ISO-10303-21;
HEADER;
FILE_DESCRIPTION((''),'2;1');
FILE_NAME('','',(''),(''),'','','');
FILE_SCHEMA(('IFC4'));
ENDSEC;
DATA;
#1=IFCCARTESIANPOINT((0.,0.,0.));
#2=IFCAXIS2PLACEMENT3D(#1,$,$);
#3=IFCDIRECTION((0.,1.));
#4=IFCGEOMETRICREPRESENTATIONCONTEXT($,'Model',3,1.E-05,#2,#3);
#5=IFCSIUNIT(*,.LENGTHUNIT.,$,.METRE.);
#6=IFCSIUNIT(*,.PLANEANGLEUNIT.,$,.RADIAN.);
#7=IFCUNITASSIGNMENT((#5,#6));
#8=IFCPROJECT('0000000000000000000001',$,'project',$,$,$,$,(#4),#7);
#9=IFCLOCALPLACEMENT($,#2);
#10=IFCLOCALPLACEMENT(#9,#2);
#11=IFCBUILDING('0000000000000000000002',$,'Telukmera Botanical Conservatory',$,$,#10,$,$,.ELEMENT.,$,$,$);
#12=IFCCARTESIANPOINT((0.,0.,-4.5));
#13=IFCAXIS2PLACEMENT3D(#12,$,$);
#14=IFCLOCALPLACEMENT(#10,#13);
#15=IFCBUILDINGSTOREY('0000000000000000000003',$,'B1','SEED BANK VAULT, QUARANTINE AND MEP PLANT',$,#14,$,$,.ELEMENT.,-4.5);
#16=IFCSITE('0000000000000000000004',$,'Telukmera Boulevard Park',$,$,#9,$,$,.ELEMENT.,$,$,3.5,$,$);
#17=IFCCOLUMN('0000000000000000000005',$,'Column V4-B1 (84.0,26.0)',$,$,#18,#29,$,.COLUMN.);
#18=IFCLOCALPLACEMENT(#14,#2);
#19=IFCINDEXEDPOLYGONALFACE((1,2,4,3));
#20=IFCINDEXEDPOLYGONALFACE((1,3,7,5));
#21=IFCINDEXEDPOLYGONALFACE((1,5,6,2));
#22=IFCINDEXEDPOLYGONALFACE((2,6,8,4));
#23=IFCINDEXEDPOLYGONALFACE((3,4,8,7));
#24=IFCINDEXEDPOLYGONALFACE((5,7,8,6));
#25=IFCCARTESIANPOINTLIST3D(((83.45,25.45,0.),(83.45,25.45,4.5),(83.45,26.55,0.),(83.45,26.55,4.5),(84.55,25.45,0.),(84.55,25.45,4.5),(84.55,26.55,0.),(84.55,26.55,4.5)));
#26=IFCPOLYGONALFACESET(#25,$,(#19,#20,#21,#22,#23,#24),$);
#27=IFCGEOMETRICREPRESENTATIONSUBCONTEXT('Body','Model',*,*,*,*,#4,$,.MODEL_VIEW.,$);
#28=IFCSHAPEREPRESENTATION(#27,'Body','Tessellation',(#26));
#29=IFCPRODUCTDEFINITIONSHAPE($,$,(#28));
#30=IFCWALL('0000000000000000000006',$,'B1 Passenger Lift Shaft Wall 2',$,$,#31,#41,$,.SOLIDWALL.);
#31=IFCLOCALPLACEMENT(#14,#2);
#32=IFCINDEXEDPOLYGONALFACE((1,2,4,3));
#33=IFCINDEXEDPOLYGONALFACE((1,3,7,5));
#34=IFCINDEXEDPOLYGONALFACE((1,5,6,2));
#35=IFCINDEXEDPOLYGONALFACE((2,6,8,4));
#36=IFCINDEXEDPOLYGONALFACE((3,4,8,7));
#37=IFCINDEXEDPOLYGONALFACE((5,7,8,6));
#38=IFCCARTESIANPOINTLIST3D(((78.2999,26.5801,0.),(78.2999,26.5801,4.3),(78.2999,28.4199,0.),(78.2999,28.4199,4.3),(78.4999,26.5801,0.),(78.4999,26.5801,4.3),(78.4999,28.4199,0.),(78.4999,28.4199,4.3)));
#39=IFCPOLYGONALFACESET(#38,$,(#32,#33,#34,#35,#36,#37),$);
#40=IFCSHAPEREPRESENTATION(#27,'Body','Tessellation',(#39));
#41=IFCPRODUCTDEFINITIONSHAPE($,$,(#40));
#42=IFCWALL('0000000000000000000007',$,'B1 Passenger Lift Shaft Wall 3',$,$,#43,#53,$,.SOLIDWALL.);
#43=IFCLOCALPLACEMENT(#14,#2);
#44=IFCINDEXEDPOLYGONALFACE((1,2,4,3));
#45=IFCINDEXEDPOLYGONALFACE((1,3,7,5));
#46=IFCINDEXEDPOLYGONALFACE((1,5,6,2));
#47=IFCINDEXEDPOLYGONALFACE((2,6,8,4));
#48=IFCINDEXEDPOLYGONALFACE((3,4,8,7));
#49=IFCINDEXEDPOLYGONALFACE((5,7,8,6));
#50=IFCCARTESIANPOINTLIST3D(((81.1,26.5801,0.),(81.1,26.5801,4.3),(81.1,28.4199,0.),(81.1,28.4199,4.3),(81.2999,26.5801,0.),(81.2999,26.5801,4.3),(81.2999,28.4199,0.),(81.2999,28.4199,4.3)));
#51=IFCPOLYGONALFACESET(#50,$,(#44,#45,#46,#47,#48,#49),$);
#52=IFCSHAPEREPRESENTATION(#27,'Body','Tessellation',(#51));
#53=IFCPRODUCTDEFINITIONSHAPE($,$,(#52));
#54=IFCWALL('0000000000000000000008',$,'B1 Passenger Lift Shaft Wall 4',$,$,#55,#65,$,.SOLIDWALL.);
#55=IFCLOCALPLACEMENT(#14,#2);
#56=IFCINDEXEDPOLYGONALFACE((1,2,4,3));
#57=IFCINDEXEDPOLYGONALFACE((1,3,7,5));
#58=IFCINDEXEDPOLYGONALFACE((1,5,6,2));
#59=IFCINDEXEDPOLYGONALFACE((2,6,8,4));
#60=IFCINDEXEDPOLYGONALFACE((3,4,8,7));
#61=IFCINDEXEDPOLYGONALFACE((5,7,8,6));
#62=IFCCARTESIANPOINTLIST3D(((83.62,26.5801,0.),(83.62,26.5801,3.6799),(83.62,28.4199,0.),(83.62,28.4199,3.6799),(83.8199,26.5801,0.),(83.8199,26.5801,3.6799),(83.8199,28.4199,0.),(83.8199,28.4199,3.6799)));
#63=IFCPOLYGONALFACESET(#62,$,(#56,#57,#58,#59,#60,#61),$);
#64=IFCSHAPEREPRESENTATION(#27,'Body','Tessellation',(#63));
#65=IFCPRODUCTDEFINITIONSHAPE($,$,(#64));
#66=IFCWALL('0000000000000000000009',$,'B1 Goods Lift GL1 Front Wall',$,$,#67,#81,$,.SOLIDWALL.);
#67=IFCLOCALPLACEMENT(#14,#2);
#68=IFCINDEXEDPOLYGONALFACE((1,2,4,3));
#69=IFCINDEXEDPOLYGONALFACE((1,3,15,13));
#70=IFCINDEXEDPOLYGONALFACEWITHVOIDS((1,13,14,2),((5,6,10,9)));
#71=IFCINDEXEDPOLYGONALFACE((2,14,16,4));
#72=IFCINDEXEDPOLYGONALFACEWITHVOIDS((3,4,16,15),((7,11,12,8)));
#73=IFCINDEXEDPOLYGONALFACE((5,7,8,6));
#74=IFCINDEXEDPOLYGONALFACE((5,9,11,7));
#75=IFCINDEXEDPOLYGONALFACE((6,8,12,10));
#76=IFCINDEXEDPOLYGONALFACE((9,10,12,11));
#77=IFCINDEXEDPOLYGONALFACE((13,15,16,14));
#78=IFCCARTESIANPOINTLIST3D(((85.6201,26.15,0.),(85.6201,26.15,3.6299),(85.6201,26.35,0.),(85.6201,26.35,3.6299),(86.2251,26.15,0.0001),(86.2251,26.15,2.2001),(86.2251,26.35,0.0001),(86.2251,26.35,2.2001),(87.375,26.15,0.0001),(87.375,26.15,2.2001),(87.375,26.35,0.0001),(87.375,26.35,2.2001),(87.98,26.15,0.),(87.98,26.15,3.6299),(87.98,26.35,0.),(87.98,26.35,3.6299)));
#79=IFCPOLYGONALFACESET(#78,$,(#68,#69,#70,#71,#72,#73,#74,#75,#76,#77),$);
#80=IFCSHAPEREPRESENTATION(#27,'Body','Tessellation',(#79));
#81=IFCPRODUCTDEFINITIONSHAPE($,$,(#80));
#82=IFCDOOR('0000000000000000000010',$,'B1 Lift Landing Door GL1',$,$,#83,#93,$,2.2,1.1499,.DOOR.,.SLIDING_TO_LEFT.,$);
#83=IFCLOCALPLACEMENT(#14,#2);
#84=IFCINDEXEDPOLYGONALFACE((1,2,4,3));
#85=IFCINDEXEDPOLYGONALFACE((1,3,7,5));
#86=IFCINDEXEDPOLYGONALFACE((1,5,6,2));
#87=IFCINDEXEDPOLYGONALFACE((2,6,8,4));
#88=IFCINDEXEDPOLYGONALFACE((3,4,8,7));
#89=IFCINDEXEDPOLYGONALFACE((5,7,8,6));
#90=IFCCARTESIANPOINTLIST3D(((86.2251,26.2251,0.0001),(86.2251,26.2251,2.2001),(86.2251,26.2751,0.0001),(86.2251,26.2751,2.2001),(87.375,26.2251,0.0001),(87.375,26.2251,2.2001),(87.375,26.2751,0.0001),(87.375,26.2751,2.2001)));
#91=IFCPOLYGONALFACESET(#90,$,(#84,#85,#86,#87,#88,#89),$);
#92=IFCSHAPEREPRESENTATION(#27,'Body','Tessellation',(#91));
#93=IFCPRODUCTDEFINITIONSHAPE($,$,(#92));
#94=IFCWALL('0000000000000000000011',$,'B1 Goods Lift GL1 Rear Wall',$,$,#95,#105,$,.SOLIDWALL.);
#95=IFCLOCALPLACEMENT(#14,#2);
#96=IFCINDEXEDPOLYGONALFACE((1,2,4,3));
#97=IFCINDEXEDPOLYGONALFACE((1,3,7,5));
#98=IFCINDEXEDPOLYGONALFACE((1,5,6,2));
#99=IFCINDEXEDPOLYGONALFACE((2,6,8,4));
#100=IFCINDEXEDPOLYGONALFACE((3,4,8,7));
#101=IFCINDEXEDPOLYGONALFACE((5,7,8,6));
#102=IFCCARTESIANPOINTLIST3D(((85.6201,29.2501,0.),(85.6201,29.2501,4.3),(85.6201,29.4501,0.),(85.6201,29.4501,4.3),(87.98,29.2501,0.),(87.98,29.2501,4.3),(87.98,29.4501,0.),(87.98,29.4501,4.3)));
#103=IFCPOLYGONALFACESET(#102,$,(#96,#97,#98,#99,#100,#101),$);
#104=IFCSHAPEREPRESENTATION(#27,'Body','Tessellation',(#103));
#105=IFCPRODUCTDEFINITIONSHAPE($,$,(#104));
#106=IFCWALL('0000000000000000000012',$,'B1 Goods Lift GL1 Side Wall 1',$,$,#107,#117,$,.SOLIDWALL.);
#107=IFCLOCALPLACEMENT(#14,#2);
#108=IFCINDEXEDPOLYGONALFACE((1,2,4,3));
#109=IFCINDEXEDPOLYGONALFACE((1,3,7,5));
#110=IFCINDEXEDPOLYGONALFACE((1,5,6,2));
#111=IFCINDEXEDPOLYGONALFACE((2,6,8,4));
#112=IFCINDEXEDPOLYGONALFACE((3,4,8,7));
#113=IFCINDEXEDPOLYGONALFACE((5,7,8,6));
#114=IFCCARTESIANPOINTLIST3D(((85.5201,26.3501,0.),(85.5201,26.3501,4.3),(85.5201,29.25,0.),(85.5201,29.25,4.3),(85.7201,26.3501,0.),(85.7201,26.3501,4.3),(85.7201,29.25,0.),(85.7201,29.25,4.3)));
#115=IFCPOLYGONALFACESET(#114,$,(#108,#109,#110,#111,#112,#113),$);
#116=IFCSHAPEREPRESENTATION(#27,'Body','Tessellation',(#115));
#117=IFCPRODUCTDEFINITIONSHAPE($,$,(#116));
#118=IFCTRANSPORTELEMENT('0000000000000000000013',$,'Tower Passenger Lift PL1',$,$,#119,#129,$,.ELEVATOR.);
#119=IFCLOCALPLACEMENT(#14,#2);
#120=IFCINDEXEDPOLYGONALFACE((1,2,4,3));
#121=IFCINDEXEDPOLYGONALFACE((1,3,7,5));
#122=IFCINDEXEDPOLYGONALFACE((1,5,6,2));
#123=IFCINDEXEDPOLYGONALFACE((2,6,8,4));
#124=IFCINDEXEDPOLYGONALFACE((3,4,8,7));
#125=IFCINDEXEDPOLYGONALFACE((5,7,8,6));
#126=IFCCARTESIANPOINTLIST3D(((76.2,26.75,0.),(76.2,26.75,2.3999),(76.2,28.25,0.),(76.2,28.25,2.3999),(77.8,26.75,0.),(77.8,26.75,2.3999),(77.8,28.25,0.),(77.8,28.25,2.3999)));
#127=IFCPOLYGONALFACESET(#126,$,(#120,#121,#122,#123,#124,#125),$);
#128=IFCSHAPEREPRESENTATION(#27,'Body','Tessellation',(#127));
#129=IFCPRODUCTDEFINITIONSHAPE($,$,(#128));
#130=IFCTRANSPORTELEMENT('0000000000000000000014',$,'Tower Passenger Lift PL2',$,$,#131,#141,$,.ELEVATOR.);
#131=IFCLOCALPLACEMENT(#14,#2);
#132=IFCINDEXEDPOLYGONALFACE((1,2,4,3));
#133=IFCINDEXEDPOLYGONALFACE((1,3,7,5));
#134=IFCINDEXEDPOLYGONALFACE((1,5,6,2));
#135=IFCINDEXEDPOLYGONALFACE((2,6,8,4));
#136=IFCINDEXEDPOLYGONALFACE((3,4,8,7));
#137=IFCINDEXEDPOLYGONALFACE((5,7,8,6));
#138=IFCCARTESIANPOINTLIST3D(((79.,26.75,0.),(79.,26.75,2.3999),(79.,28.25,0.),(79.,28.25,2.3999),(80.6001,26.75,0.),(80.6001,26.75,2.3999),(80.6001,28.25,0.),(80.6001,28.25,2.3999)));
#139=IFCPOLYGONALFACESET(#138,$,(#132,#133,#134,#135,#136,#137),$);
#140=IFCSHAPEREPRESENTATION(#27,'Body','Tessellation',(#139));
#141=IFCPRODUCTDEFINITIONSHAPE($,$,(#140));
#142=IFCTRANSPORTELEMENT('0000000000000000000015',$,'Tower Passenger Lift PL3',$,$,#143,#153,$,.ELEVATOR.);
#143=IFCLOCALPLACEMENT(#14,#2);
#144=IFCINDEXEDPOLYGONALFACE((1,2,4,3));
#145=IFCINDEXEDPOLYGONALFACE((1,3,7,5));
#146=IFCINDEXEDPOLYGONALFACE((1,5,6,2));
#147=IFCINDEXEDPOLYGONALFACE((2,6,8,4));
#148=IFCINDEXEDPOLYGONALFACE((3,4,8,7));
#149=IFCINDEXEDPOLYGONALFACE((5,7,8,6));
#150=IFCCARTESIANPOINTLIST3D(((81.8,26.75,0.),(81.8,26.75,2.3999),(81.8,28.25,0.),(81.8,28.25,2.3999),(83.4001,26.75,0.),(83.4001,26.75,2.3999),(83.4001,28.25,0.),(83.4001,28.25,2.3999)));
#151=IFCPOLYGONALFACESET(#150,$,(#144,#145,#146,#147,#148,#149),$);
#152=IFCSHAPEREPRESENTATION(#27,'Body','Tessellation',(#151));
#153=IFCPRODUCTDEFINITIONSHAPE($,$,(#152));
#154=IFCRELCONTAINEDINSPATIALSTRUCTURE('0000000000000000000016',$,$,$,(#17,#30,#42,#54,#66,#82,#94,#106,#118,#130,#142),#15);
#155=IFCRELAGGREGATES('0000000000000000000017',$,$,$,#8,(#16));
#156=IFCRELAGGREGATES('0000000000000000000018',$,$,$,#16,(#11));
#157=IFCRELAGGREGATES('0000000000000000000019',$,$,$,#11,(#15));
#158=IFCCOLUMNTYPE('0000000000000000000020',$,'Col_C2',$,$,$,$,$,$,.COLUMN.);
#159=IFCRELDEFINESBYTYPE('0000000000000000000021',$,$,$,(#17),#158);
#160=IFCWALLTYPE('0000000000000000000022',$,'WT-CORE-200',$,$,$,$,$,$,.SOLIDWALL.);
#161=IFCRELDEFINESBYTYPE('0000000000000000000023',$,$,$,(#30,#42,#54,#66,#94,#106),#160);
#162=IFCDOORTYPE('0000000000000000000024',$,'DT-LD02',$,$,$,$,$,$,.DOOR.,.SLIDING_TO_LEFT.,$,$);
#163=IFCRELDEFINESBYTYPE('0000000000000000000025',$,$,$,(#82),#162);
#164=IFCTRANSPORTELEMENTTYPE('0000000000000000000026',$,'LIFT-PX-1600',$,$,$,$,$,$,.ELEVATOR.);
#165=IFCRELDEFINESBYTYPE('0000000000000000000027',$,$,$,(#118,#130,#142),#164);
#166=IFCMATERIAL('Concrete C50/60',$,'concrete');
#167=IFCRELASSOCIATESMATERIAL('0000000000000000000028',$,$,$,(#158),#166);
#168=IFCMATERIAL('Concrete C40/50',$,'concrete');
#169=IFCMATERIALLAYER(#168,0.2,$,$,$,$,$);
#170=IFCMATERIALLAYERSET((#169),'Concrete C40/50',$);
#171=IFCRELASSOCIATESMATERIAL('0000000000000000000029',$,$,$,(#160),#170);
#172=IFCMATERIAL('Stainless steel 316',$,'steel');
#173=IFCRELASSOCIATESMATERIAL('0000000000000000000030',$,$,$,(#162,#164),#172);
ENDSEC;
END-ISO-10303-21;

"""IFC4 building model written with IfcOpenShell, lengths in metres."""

from ifc_helpers import new_model, si_unit, direction, frame, frame_2d, origin, origin_2d, place, context, subcontext, project, spatial, rectangle, extrude, material, layer, layer_set, material_profile, profile_set, type_object, element, fill, save


model = new_model("IFC4")

# Units and contexts
model_context = context("Model", 3, precision=1e-05, world=origin(), true_north=direction((0.0, 1.0)))
body_context = subcontext(model_context, "Body", "Model", "MODEL_VIEW")
ifc_project = project(units=[si_unit("LENGTHUNIT", "METRE"), si_unit("PLANEANGLEUNIT", "RADIAN")], contexts=[model_context])

# Site, building, storey
site_placement = place(None, origin())
site = spatial("IfcSite", under=ifc_project, at=site_placement, Name="Telukmera Boulevard Park", CompositionType="ELEMENT", RefElevation=3.5)
building_placement = place(site_placement, origin())
building = spatial("IfcBuilding", under=site, at=building_placement, Name="Telukmera Botanical Conservatory", CompositionType="ELEMENT")
storey_placement = place(building_placement, frame((0.0, 0.0, -4.5)))
storey = spatial("IfcBuildingStorey", under=building, at=storey_placement, Name="B1", Description="SEED BANK VAULT, QUARANTINE AND MEP PLANT", CompositionType="ELEMENT", Elevation=-4.5)

# Shared definitions
ifc_material_1 = material(Name="Concrete C50/60", Category="concrete")
ifc_material_2 = material(Name="Concrete C40/50", Category="concrete")

# Column
ifc_material_profile_1 = material_profile(ifc_material_1, rectangle(XDim=1.1001, YDim=1.1001, at=origin_2d()), Name="RC 1100x1100")
ifc_profile_set_1 = profile_set([ifc_material_profile_1], Name="Concrete C50/60")
column_type = type_object("IfcColumnType", Name="Col_C2", PredefinedType="COLUMN", material=ifc_profile_set_1)
column_placement = place(storey_placement, frame((84.0, 26.0, 0.0), z_axis=(0.0, 0.0, 1.0), x_axis=(1.0, 0.0, 0.0)))
element("IfcColumn", 1, at=column_placement, inside=storey, type_object=column_type, Name="Column V4-B1 (84.0,26.0)", PredefinedType="COLUMN", context=body_context, shape_type="SweptSolid", body=[
    extrude(rectangle(XDim=1.1001, YDim=1.1001, at=origin_2d()), origin(), (0.0, 0.0, 1.0), 4.5),
])

# Walls
ifc_layer = layer(ifc_material_2, 0.2)
ifc_layer_set = layer_set([ifc_layer], Name="Concrete C40/50")
wall_type = type_object("IfcWallType", Name="WT-CORE-200", PredefinedType="SOLIDWALL", material=ifc_layer_set)
for number, where, z_axis, x_axis, name in (
    (2, (78.3999, 26.5801, 0.0), (0.0, 0.0, 1.0), (0.0, 1.0, 0.0), "B1 Passenger Lift Shaft Wall 2"),
    (3, (81.2, 26.5801, 0.0), (0.0, 0.0, 1.0), (0.0, 1.0, 0.0), "B1 Passenger Lift Shaft Wall 3"),
):
    element("IfcWall", number, at=place(storey_placement, frame(where, z_axis=z_axis, x_axis=x_axis)), inside=storey, type_object=wall_type, Name=name, PredefinedType="SOLIDWALL", context=body_context, shape_type="SweptSolid", body=[
        extrude(rectangle(XDim=1.8398, YDim=0.2, at=frame_2d((0.9199, 0.0))), origin(), (0.0, 0.0, 1.0), 4.3),
    ])
wall_1_placement = place(storey_placement, frame((83.72, 26.5801, 0.0), z_axis=(0.0, 0.0, 1.0), x_axis=(0.0, 1.0, 0.0)))
element("IfcWall", 4, at=wall_1_placement, inside=storey, type_object=wall_type, Name="B1 Passenger Lift Shaft Wall 4", PredefinedType="SOLIDWALL", context=body_context, shape_type="SweptSolid", body=[
    extrude(rectangle(XDim=1.8398, YDim=0.2, at=frame_2d((0.9199, 0.0))), origin(), (0.0, 0.0, 1.0), 3.6799),
])

# Wall, opening, door
wall_2_placement = place(storey_placement, frame((85.6201, 26.25, 0.0), z_axis=(0.0, 0.0, 1.0), x_axis=(1.0, 0.0, 0.0)))
wall_2 = element("IfcWall", 5, at=wall_2_placement, inside=storey, type_object=wall_type, Name="B1 Goods Lift GL1 Front Wall", PredefinedType="SOLIDWALL", context=body_context, shape_type="SweptSolid", body=[
    extrude(rectangle(XDim=2.3599, YDim=0.2, at=frame_2d((1.1799, 0.0))), origin(), (0.0, 0.0, 1.0), 3.6299),
])
opening_placement = place(wall_2_placement, frame((0.605, 0.0, 0.0)))
opening = element("IfcOpeningElement", 6, at=opening_placement, cuts=wall_2, PredefinedType="OPENING", context=body_context, shape_type="SweptSolid", body=[
    extrude(rectangle(XDim=1.1499, YDim=2.2, at=frame_2d((0.575, 1.1001))), frame((0.0, 0.1099, 0.0), z_axis=(0.0, -1.0, 0.0), x_axis=(1.0, 0.0, 0.0)), (0.0, 0.0, 1.0), 0.22),
])
ifc_material_3 = material(Name="Stainless steel 316", Category="steel")
door_type = type_object("IfcDoorType", Name="DT-LD02", OperationType="SLIDING_TO_LEFT", PredefinedType="DOOR", material=ifc_material_3)
door_placement = place(opening_placement, frame((1.1499, 0.0, 0.0), z_axis=(0.0, 0.0, 1.0), x_axis=(-1.0, 0.0, 0.0)))
door = element("IfcDoor", 7, at=door_placement, inside=storey, type_object=door_type, Name="B1 Lift Landing Door GL1", OperationType="SLIDING_TO_LEFT", OverallHeight=2.2, OverallWidth=1.1499, PredefinedType="DOOR", context=body_context, shape_type="SweptSolid", body=[
    extrude(rectangle(XDim=1.1499, YDim=2.2, at=frame_2d((0.575, 1.1001))), frame((0.0, 0.0249, 0.0), z_axis=(0.0, -1.0, 0.0), x_axis=(1.0, 0.0, 0.0)), (0.0, 0.0, 1.0), 0.05),
])
fill(opening, door)

# Walls
wall_3_placement = place(storey_placement, frame((85.6201, 29.3501, 0.0), z_axis=(0.0, 0.0, 1.0), x_axis=(1.0, 0.0, 0.0)))
element("IfcWall", 8, at=wall_3_placement, inside=storey, type_object=wall_type, Name="B1 Goods Lift GL1 Rear Wall", PredefinedType="SOLIDWALL", context=body_context, shape_type="SweptSolid", body=[
    extrude(rectangle(XDim=2.3599, YDim=0.2, at=frame_2d((1.1799, 0.0))), origin(), (0.0, 0.0, 1.0), 4.3),
])
wall_4_placement = place(storey_placement, frame((85.6201, 26.3501, 0.0), z_axis=(0.0, 0.0, 1.0), x_axis=(0.0, 1.0, 0.0)))
element("IfcWall", 9, at=wall_4_placement, inside=storey, type_object=wall_type, Name="B1 Goods Lift GL1 Side Wall 1", PredefinedType="SOLIDWALL", context=body_context, shape_type="SweptSolid", body=[
    extrude(rectangle(XDim=2.8999, YDim=0.2, at=frame_2d((1.45, 0.0))), origin(), (0.0, 0.0, 1.0), 4.3),
])

# Transport elements
transport_element_type = type_object("IfcTransportElementType", Name="LIFT-PX-1600", PredefinedType="ELEVATOR", material=ifc_material_3)
for number, where, z_axis, x_axis, name in (
    (10, (77.0, 27.5, 0.0), (0.0, 0.0, 1.0), (1.0, 0.0, 0.0), "Tower Passenger Lift PL1"),
    (11, (79.8, 27.5, 0.0), (0.0, 0.0, 1.0), (1.0, 0.0, 0.0), "Tower Passenger Lift PL2"),
    (12, (82.6001, 27.5, 0.0), (0.0, 0.0, 1.0), (1.0, 0.0, 0.0), "Tower Passenger Lift PL3"),
):
    element("IfcTransportElement", number, at=place(storey_placement, frame(where, z_axis=z_axis, x_axis=x_axis)), inside=storey, type_object=transport_element_type, Name=name, PredefinedType="ELEVATOR", context=body_context, shape_type="SweptSolid", body=[
        extrude(rectangle(XDim=1.6001, YDim=1.5, at=origin_2d()), origin(), (0.0, 0.0, 1.0), 2.3999),
    ])

save(model, "model.ifc")
